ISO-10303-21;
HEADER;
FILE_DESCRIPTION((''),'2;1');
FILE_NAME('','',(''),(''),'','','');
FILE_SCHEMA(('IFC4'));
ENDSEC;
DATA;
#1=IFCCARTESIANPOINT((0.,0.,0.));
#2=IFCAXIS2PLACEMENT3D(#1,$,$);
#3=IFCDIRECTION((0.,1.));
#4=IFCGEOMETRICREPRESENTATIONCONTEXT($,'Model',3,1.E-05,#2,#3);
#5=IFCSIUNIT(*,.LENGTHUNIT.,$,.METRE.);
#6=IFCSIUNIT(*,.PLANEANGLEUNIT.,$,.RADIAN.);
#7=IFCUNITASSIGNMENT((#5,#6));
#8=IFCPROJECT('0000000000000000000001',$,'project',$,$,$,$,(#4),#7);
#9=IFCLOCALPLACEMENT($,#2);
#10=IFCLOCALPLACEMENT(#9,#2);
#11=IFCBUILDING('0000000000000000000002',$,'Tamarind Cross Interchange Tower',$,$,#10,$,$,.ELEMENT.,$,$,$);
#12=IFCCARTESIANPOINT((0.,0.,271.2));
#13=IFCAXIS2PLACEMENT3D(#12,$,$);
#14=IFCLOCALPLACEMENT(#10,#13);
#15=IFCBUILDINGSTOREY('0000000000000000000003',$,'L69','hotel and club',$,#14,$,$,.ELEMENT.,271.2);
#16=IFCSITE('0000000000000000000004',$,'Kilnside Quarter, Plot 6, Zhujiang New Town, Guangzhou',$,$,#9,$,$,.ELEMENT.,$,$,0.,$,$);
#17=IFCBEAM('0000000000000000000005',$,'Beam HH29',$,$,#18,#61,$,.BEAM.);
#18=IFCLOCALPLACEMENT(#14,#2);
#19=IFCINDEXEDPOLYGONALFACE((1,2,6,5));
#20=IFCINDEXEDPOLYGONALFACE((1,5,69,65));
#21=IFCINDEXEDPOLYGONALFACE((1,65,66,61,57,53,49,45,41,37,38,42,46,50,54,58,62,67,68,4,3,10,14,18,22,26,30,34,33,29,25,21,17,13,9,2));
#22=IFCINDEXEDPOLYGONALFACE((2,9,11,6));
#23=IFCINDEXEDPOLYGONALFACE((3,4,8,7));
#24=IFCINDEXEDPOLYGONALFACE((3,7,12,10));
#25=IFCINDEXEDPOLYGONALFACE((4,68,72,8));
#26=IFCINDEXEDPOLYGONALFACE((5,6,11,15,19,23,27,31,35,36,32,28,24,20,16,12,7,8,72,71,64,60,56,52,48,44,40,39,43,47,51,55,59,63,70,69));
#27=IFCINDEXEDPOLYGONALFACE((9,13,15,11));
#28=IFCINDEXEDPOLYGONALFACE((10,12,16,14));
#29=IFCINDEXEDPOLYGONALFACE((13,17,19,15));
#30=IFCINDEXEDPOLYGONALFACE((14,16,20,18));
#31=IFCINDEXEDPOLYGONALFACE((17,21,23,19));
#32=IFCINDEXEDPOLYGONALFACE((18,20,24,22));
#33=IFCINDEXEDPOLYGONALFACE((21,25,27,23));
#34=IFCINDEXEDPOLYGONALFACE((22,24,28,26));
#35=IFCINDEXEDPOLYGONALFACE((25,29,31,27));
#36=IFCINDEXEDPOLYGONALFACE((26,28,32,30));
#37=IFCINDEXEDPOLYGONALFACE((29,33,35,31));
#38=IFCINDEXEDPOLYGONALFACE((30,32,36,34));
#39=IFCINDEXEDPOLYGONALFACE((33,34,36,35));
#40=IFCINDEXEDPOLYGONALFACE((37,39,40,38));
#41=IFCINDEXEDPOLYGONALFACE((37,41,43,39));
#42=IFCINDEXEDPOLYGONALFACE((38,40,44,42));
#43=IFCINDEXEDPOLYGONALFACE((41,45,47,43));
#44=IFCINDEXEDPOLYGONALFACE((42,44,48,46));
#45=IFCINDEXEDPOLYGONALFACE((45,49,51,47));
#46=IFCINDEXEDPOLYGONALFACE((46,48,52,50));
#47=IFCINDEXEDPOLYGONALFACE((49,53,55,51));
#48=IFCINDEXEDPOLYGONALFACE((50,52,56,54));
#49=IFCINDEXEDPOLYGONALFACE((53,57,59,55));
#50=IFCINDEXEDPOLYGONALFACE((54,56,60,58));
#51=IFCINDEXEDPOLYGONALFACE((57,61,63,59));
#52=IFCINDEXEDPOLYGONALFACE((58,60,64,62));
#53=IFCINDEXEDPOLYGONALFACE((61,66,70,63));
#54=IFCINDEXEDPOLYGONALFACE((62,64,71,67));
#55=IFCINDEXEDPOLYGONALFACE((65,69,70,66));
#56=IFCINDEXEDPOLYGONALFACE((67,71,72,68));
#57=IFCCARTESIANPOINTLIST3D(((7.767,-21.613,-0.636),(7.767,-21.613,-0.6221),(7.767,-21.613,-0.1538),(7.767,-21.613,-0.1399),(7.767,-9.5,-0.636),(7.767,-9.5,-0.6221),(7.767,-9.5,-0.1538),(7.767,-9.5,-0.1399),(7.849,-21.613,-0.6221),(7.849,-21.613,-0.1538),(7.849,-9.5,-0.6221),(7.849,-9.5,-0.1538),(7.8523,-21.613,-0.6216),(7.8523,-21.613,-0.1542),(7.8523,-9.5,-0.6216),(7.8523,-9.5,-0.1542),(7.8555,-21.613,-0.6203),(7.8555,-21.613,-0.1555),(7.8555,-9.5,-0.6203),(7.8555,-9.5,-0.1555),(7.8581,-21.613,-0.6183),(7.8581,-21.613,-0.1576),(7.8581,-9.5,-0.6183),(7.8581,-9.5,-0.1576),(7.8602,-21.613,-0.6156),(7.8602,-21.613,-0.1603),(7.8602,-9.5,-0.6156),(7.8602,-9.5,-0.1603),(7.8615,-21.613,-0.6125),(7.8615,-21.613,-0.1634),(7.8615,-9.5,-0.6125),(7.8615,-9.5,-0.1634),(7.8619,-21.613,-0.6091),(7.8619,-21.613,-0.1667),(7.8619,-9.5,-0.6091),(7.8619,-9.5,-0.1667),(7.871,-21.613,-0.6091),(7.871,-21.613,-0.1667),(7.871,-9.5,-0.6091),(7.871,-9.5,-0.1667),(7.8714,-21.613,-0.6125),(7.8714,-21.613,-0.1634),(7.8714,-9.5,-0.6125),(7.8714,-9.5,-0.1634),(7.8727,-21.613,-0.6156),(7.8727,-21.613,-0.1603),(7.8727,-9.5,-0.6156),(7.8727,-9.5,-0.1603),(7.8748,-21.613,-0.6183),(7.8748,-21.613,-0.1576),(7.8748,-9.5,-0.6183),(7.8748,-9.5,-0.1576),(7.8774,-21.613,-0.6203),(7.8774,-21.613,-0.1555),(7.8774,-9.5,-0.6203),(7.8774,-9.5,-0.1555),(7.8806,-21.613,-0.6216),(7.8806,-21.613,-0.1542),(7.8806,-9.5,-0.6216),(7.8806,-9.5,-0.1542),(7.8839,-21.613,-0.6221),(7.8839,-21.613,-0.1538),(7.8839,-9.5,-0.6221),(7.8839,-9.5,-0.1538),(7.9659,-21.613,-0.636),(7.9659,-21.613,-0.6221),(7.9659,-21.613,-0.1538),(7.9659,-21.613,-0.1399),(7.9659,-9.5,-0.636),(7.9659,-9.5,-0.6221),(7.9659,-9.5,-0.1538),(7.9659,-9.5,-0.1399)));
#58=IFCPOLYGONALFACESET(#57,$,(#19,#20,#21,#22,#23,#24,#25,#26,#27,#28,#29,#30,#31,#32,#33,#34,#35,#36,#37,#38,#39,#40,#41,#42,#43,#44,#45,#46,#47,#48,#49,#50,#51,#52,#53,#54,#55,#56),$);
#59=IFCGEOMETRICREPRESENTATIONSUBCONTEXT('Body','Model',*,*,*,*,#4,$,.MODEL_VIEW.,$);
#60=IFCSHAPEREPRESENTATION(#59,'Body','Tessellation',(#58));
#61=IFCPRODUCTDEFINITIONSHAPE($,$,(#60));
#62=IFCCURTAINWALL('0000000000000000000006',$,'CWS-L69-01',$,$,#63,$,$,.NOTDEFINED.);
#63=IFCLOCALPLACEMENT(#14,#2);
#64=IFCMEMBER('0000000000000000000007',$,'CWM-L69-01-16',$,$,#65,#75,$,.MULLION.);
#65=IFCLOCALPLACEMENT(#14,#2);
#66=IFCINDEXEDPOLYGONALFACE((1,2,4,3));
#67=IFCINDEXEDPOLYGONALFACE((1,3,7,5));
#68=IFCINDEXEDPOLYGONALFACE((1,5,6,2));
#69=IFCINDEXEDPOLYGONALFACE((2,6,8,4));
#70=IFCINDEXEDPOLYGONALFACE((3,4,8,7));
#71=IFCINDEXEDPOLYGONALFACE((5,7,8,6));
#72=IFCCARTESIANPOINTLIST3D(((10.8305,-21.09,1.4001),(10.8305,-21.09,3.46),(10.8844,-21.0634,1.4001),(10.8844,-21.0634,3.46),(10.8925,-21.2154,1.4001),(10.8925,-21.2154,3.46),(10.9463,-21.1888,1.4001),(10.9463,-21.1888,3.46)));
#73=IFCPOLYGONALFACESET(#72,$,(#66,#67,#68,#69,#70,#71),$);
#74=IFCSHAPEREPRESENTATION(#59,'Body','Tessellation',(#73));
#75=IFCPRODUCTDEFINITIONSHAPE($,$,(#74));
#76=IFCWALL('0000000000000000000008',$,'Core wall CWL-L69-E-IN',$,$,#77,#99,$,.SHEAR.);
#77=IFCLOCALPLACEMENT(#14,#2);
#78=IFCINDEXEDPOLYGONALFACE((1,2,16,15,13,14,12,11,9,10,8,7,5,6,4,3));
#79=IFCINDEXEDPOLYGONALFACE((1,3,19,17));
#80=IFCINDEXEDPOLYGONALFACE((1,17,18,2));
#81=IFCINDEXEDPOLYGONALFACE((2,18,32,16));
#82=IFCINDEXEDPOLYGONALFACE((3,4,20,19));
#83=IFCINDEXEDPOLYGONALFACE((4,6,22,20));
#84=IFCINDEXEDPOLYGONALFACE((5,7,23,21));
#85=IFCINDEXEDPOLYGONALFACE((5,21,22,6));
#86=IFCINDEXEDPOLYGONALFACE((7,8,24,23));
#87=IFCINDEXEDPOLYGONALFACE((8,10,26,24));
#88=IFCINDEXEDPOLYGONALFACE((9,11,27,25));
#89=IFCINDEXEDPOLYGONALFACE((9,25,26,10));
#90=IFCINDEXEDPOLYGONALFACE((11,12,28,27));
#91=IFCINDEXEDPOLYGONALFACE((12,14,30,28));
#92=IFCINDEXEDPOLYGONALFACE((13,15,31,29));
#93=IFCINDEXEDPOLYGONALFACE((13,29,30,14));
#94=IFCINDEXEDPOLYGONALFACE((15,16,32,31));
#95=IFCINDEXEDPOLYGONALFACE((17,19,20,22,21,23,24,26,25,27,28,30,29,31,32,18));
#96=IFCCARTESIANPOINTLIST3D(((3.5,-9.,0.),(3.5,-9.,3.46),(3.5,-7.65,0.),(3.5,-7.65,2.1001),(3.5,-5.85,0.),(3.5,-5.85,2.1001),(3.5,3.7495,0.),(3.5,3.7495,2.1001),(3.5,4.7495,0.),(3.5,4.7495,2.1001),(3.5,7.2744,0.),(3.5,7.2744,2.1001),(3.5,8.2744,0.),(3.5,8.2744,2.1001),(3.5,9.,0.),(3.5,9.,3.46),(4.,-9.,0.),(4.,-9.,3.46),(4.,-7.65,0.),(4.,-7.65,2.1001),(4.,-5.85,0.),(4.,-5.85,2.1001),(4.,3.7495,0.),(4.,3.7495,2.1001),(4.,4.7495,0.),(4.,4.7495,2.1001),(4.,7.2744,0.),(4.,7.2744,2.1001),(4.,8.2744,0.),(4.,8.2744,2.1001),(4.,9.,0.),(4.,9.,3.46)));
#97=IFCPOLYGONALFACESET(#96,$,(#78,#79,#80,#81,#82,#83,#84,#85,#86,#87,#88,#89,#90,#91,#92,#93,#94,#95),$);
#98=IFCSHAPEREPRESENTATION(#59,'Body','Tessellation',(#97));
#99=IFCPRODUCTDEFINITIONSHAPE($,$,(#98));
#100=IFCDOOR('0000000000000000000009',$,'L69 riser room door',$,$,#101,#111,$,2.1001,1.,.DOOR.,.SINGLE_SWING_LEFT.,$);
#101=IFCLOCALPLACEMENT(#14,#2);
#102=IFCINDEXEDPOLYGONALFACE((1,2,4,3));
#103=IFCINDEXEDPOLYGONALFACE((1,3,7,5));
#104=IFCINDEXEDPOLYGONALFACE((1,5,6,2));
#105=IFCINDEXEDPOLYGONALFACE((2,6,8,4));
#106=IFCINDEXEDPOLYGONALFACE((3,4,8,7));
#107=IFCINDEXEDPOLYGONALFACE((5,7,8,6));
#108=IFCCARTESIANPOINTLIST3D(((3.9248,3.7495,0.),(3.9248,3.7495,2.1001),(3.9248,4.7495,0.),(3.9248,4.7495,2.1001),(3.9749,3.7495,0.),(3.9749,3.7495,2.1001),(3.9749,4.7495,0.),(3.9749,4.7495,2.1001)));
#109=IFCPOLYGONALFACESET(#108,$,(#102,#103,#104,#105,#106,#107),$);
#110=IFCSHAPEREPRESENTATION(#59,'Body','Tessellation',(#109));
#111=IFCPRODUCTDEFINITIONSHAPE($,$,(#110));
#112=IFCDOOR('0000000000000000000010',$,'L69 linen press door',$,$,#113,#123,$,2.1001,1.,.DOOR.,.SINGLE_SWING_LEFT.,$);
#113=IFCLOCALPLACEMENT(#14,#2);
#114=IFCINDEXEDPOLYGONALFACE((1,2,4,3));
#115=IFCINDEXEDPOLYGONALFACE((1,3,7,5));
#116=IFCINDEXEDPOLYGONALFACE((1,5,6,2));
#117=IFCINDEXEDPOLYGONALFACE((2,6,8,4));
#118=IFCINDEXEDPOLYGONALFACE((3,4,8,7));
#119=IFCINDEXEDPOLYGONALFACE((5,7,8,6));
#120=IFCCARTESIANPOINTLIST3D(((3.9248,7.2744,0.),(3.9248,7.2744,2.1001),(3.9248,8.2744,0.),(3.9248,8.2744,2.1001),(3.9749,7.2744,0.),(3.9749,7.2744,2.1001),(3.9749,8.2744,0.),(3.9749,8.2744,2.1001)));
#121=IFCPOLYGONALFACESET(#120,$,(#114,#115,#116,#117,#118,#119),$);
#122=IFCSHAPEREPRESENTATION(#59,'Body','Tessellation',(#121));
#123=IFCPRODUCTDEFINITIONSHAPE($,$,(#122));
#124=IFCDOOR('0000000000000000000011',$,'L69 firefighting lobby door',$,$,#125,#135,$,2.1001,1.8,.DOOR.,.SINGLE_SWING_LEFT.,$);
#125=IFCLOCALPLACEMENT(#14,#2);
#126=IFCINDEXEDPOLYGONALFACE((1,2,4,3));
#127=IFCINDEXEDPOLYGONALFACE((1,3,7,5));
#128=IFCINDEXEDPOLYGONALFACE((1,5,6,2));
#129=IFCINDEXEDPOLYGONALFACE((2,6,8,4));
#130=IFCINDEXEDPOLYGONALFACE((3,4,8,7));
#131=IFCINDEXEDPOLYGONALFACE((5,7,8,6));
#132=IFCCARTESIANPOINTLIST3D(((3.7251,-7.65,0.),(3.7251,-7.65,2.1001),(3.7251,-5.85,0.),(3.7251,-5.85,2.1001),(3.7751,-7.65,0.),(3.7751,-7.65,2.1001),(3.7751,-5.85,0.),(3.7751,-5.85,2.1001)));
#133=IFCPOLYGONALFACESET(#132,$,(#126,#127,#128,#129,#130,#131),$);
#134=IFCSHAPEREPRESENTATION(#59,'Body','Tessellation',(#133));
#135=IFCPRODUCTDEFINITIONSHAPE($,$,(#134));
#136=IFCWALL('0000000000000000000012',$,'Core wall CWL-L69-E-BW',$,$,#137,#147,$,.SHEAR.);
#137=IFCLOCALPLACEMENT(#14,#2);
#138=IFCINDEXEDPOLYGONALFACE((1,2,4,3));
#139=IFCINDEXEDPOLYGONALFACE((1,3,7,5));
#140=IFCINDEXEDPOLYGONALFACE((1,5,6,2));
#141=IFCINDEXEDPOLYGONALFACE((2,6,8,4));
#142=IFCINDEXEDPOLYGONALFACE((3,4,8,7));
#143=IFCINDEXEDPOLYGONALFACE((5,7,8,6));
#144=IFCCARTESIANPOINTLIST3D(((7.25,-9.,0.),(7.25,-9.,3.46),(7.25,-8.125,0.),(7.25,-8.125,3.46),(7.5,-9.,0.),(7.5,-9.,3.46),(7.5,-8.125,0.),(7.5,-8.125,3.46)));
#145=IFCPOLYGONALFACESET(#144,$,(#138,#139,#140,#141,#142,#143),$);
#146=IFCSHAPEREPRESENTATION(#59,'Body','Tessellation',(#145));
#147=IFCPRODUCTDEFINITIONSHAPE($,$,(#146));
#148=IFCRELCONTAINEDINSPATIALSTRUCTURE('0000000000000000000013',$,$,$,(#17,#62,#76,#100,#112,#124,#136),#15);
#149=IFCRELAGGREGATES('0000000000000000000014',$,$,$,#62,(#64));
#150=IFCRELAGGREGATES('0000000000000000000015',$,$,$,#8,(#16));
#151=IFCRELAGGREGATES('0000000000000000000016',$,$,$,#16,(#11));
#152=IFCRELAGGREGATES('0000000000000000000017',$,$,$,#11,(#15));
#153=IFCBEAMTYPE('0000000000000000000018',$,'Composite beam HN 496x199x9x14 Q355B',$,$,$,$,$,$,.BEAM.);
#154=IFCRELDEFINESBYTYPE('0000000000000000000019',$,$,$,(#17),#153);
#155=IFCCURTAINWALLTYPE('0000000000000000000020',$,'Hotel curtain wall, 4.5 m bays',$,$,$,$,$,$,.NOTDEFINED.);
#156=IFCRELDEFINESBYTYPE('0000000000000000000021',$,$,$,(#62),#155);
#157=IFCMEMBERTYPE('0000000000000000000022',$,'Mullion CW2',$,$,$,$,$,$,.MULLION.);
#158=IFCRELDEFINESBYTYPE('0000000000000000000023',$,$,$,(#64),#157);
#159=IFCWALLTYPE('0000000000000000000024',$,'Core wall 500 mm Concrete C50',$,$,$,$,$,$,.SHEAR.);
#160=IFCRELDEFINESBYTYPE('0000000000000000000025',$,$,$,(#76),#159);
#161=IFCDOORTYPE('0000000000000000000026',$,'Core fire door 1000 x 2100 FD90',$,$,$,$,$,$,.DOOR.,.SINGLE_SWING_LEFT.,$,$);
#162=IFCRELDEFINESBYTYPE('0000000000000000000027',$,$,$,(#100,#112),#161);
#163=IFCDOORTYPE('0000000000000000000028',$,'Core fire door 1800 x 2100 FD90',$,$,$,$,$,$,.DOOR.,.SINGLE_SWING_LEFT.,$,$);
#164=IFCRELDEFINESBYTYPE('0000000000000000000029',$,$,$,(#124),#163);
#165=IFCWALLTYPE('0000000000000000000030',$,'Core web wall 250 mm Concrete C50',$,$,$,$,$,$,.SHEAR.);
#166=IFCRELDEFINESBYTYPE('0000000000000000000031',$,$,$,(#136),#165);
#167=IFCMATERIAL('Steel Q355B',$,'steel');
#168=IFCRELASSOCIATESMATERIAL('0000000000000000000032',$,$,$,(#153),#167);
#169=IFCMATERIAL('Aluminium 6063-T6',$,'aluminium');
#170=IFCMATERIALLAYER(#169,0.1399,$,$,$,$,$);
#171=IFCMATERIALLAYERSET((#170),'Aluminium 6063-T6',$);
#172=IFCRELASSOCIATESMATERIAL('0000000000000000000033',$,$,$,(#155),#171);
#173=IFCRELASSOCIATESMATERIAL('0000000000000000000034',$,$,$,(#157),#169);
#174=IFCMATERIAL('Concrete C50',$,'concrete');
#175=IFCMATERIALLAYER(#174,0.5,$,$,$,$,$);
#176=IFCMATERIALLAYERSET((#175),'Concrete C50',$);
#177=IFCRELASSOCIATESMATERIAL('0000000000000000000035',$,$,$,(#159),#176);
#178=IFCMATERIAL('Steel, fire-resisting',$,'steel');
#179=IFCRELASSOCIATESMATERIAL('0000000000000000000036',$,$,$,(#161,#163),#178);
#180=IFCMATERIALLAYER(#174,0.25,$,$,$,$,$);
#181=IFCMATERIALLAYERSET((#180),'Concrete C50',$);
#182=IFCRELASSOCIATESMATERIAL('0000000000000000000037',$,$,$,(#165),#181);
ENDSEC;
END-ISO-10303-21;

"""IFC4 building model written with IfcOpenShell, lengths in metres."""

from ifc_helpers import new_model, si_unit, direction, frame, frame_2d, origin, origin_2d, place, context, subcontext, project, spatial, rectangle, i_section, extrude, material, layer, layer_set, material_profile, profile_set, type_object, element, fill, aggregate, save


model = new_model("IFC4")

# Units and contexts
model_context = context("Model", 3, precision=1e-05, world=origin(), true_north=direction((0.0, 1.0)))
body_context = subcontext(model_context, "Body", "Model", "MODEL_VIEW")
ifc_project = project(units=[si_unit("LENGTHUNIT", "METRE"), si_unit("PLANEANGLEUNIT", "RADIAN")], contexts=[model_context])

# Site, building, storey
site_placement = place(None, origin())
site = spatial("IfcSite", under=ifc_project, at=site_placement, Name="Kilnside Quarter, Plot 6, Zhujiang New Town, Guangzhou", CompositionType="ELEMENT", RefElevation=0.0)
building_placement = place(site_placement, origin())
building = spatial("IfcBuilding", under=site, at=building_placement, Name="Tamarind Cross Interchange Tower", CompositionType="ELEMENT")
storey_placement = place(building_placement, frame((0.0, 0.0, 271.2)))
storey = spatial("IfcBuildingStorey", under=building, at=storey_placement, Name="L69", Description="hotel and club", CompositionType="ELEMENT", Elevation=271.2)

# Beam
ifc_material_1 = material(Name="Steel Q355B", Category="steel")
ifc_material_profile_1 = material_profile(ifc_material_1, i_section(OverallWidth=0.199, OverallDepth=0.4961, WebThickness=0.009, FlangeThickness=0.0139, FilletRadius=0.0129, at=origin_2d()), Name="HN 496x199x9x14")
ifc_profile_set_1 = profile_set([ifc_material_profile_1], Name="Steel Q355B")
beam_type = type_object("IfcBeamType", Name="Composite beam HN 496x199x9x14 Q355B", PredefinedType="BEAM", material=ifc_profile_set_1)
beam_placement = place(storey_placement, frame((7.8665, -21.613, -0.3879), z_axis=(0.0, 1.0, 0.0), x_axis=(-1.0, 0.0, 0.0)))
element("IfcBeam", 1, at=beam_placement, inside=storey, type_object=beam_type, Name="Beam HH29", PredefinedType="BEAM", context=body_context, shape_type="SweptSolid", body=[
    extrude(i_section(OverallWidth=0.199, OverallDepth=0.4961, WebThickness=0.009, FlangeThickness=0.0139, FilletRadius=0.0129, at=origin_2d()), origin(), (0.0, 0.0, 1.0), 12.113),
])

# Curtain wall, member
ifc_material_2 = material(Name="Aluminium 6063-T6", Category="aluminium")
ifc_layer_1 = layer(ifc_material_2, 0.1399)
ifc_layer_set_1 = layer_set([ifc_layer_1], Name="Aluminium 6063-T6")
curtain_wall_type = type_object("IfcCurtainWallType", Name="Hotel curtain wall, 4.5 m bays", PredefinedType="NOTDEFINED", material=ifc_layer_set_1)
curtain_wall_placement = place(storey_placement, origin())
curtain_wall = element("IfcCurtainWall", 2, at=curtain_wall_placement, inside=storey, type_object=curtain_wall_type, Name="CWS-L69-01", PredefinedType="NOTDEFINED")
ifc_material_profile_2 = material_profile(ifc_material_2, rectangle(XDim=0.0601, YDim=0.1399, at=origin_2d()), Name="Mullion CW2")
ifc_profile_set_2 = profile_set([ifc_material_profile_2], Name="Aluminium 6063-T6")
member_type = type_object("IfcMemberType", Name="Mullion CW2", PredefinedType="MULLION", material=ifc_profile_set_2)
member_placement = place(storey_placement, frame((10.8884, -21.1394, 1.4001), z_axis=(0.0, 0.0, 1.0), x_axis=(0.896493, 0.443059, 0.0)))
member = element("IfcMember", 3, at=member_placement, type_object=member_type, Name="CWM-L69-01-16", PredefinedType="MULLION", context=body_context, shape_type="SweptSolid", body=[
    extrude(rectangle(XDim=0.0601, YDim=0.1399, at=origin_2d()), origin(), (0.0, 0.0, 1.0), 2.0598),
])
aggregate(curtain_wall, [member])

# Wall, openings, doors
ifc_material_3 = material(Name="Concrete C50", Category="concrete")
ifc_layer_2 = layer(ifc_material_3, 0.5)
ifc_layer_set_2 = layer_set([ifc_layer_2], Name="Concrete C50")
wall_type_1 = type_object("IfcWallType", Name="Core wall 500 mm Concrete C50", PredefinedType="SHEAR", material=ifc_layer_set_2)
wall_1_placement = place(storey_placement, frame((3.75, -9.0, 0.0), z_axis=(0.0, 0.0, 1.0), x_axis=(0.0, 1.0, 0.0)))
wall_1 = element("IfcWall", 4, at=wall_1_placement, inside=storey, type_object=wall_type_1, Name="Core wall CWL-L69-E-IN", PredefinedType="SHEAR", context=body_context, shape_type="SweptSolid", body=[
    extrude(rectangle(XDim=18.0, YDim=0.5, at=frame_2d((9.0, 0.0))), origin(), (0.0, 0.0, 1.0), 3.46),
])
opening_1_placement = place(wall_1_placement, frame((1.3501, 0.0, 0.0)))
opening_1 = element("IfcOpeningElement", 5, at=opening_1_placement, cuts=wall_1, PredefinedType="OPENING", context=body_context, shape_type="SweptSolid", body=[
    extrude(rectangle(XDim=1.8, YDim=2.1001, at=frame_2d((0.8999, 1.05))), frame((0.0, 0.26, 0.0), z_axis=(0.0, -1.0, 0.0), x_axis=(1.0, 0.0, 0.0)), (0.0, 0.0, 1.0), 0.52),
])
opening_2_placement = place(wall_1_placement, frame((12.7495, 0.0, 0.0)))
opening_2 = element("IfcOpeningElement", 6, at=opening_2_placement, cuts=wall_1, PredefinedType="OPENING", context=body_context, shape_type="SweptSolid", body=[
    extrude(rectangle(XDim=1.0, YDim=2.1001, at=frame_2d((0.5, 1.05))), frame((0.0, 0.26, 0.0), z_axis=(0.0, -1.0, 0.0), x_axis=(1.0, 0.0, 0.0)), (0.0, 0.0, 1.0), 0.52),
])
opening_3_placement = place(wall_1_placement, frame((16.2744, 0.0, 0.0)))
opening_3 = element("IfcOpeningElement", 7, at=opening_3_placement, cuts=wall_1, PredefinedType="OPENING", context=body_context, shape_type="SweptSolid", body=[
    extrude(rectangle(XDim=1.0, YDim=2.1001, at=frame_2d((0.5, 1.05))), frame((0.0, 0.26, 0.0), z_axis=(0.0, -1.0, 0.0), x_axis=(1.0, 0.0, 0.0)), (0.0, 0.0, 1.0), 0.52),
])
ifc_material_4 = material(Name="Steel, fire-resisting", Category="steel")
door_type_1 = type_object("IfcDoorType", Name="Core fire door 1000 x 2100 FD90", OperationType="SINGLE_SWING_LEFT", PredefinedType="DOOR", material=ifc_material_4)
door_1_placement = place(opening_2_placement, origin())
door_1 = element("IfcDoor", 8, at=door_1_placement, inside=storey, type_object=door_type_1, Name="L69 riser room door", OperationType="SINGLE_SWING_LEFT", OverallHeight=2.1001, OverallWidth=1.0, PredefinedType="DOOR", context=body_context, shape_type="SweptSolid", body=[
    extrude(rectangle(XDim=1.0, YDim=2.1001, at=frame_2d((0.5, 1.05))), frame((0.0, -0.1748, 0.0), z_axis=(0.0, -1.0, 0.0), x_axis=(1.0, 0.0, 0.0)), (0.0, 0.0, 1.0), 0.05),
])
fill(opening_2, door_1)
door_2_placement = place(opening_3_placement, origin())
door_2 = element("IfcDoor", 9, at=door_2_placement, inside=storey, type_object=door_type_1, Name="L69 linen press door", OperationType="SINGLE_SWING_LEFT", OverallHeight=2.1001, OverallWidth=1.0, PredefinedType="DOOR", context=body_context, shape_type="SweptSolid", body=[
    extrude(rectangle(XDim=1.0, YDim=2.1001, at=frame_2d((0.5, 1.05))), frame((0.0, -0.1748, 0.0), z_axis=(0.0, -1.0, 0.0), x_axis=(1.0, 0.0, 0.0)), (0.0, 0.0, 1.0), 0.05),
])
fill(opening_3, door_2)
door_type_2 = type_object("IfcDoorType", Name="Core fire door 1800 x 2100 FD90", OperationType="SINGLE_SWING_LEFT", PredefinedType="DOOR", material=ifc_material_4)
door_3_placement = place(opening_1_placement, origin())
door_3 = element("IfcDoor", 10, at=door_3_placement, inside=storey, type_object=door_type_2, Name="L69 firefighting lobby door", OperationType="SINGLE_SWING_LEFT", OverallHeight=2.1001, OverallWidth=1.8, PredefinedType="DOOR", context=body_context, shape_type="SweptSolid", body=[
    extrude(rectangle(XDim=1.8, YDim=2.1001, at=frame_2d((0.8999, 1.05))), frame((0.0, 0.0249, 0.0), z_axis=(0.0, -1.0, 0.0), x_axis=(1.0, 0.0, 0.0)), (0.0, 0.0, 1.0), 0.05),
])
fill(opening_1, door_3)

# Wall
ifc_layer_3 = layer(ifc_material_3, 0.25)
ifc_layer_set_3 = layer_set([ifc_layer_3], Name="Concrete C50")
wall_type_2 = type_object("IfcWallType", Name="Core web wall 250 mm Concrete C50", PredefinedType="SHEAR", material=ifc_layer_set_3)
wall_2_placement = place(storey_placement, frame((7.375, -9.0, 0.0), z_axis=(0.0, 0.0, 1.0), x_axis=(0.0, 1.0, 0.0)))
element("IfcWall", 11, at=wall_2_placement, inside=storey, type_object=wall_type_2, Name="Core wall CWL-L69-E-BW", PredefinedType="SHEAR", context=body_context, shape_type="SweptSolid", body=[
    extrude(rectangle(XDim=0.875, YDim=0.25, at=frame_2d((0.4375, 0.0))), origin(), (0.0, 0.0, 1.0), 3.46),
])

save(model, "model.ifc")
